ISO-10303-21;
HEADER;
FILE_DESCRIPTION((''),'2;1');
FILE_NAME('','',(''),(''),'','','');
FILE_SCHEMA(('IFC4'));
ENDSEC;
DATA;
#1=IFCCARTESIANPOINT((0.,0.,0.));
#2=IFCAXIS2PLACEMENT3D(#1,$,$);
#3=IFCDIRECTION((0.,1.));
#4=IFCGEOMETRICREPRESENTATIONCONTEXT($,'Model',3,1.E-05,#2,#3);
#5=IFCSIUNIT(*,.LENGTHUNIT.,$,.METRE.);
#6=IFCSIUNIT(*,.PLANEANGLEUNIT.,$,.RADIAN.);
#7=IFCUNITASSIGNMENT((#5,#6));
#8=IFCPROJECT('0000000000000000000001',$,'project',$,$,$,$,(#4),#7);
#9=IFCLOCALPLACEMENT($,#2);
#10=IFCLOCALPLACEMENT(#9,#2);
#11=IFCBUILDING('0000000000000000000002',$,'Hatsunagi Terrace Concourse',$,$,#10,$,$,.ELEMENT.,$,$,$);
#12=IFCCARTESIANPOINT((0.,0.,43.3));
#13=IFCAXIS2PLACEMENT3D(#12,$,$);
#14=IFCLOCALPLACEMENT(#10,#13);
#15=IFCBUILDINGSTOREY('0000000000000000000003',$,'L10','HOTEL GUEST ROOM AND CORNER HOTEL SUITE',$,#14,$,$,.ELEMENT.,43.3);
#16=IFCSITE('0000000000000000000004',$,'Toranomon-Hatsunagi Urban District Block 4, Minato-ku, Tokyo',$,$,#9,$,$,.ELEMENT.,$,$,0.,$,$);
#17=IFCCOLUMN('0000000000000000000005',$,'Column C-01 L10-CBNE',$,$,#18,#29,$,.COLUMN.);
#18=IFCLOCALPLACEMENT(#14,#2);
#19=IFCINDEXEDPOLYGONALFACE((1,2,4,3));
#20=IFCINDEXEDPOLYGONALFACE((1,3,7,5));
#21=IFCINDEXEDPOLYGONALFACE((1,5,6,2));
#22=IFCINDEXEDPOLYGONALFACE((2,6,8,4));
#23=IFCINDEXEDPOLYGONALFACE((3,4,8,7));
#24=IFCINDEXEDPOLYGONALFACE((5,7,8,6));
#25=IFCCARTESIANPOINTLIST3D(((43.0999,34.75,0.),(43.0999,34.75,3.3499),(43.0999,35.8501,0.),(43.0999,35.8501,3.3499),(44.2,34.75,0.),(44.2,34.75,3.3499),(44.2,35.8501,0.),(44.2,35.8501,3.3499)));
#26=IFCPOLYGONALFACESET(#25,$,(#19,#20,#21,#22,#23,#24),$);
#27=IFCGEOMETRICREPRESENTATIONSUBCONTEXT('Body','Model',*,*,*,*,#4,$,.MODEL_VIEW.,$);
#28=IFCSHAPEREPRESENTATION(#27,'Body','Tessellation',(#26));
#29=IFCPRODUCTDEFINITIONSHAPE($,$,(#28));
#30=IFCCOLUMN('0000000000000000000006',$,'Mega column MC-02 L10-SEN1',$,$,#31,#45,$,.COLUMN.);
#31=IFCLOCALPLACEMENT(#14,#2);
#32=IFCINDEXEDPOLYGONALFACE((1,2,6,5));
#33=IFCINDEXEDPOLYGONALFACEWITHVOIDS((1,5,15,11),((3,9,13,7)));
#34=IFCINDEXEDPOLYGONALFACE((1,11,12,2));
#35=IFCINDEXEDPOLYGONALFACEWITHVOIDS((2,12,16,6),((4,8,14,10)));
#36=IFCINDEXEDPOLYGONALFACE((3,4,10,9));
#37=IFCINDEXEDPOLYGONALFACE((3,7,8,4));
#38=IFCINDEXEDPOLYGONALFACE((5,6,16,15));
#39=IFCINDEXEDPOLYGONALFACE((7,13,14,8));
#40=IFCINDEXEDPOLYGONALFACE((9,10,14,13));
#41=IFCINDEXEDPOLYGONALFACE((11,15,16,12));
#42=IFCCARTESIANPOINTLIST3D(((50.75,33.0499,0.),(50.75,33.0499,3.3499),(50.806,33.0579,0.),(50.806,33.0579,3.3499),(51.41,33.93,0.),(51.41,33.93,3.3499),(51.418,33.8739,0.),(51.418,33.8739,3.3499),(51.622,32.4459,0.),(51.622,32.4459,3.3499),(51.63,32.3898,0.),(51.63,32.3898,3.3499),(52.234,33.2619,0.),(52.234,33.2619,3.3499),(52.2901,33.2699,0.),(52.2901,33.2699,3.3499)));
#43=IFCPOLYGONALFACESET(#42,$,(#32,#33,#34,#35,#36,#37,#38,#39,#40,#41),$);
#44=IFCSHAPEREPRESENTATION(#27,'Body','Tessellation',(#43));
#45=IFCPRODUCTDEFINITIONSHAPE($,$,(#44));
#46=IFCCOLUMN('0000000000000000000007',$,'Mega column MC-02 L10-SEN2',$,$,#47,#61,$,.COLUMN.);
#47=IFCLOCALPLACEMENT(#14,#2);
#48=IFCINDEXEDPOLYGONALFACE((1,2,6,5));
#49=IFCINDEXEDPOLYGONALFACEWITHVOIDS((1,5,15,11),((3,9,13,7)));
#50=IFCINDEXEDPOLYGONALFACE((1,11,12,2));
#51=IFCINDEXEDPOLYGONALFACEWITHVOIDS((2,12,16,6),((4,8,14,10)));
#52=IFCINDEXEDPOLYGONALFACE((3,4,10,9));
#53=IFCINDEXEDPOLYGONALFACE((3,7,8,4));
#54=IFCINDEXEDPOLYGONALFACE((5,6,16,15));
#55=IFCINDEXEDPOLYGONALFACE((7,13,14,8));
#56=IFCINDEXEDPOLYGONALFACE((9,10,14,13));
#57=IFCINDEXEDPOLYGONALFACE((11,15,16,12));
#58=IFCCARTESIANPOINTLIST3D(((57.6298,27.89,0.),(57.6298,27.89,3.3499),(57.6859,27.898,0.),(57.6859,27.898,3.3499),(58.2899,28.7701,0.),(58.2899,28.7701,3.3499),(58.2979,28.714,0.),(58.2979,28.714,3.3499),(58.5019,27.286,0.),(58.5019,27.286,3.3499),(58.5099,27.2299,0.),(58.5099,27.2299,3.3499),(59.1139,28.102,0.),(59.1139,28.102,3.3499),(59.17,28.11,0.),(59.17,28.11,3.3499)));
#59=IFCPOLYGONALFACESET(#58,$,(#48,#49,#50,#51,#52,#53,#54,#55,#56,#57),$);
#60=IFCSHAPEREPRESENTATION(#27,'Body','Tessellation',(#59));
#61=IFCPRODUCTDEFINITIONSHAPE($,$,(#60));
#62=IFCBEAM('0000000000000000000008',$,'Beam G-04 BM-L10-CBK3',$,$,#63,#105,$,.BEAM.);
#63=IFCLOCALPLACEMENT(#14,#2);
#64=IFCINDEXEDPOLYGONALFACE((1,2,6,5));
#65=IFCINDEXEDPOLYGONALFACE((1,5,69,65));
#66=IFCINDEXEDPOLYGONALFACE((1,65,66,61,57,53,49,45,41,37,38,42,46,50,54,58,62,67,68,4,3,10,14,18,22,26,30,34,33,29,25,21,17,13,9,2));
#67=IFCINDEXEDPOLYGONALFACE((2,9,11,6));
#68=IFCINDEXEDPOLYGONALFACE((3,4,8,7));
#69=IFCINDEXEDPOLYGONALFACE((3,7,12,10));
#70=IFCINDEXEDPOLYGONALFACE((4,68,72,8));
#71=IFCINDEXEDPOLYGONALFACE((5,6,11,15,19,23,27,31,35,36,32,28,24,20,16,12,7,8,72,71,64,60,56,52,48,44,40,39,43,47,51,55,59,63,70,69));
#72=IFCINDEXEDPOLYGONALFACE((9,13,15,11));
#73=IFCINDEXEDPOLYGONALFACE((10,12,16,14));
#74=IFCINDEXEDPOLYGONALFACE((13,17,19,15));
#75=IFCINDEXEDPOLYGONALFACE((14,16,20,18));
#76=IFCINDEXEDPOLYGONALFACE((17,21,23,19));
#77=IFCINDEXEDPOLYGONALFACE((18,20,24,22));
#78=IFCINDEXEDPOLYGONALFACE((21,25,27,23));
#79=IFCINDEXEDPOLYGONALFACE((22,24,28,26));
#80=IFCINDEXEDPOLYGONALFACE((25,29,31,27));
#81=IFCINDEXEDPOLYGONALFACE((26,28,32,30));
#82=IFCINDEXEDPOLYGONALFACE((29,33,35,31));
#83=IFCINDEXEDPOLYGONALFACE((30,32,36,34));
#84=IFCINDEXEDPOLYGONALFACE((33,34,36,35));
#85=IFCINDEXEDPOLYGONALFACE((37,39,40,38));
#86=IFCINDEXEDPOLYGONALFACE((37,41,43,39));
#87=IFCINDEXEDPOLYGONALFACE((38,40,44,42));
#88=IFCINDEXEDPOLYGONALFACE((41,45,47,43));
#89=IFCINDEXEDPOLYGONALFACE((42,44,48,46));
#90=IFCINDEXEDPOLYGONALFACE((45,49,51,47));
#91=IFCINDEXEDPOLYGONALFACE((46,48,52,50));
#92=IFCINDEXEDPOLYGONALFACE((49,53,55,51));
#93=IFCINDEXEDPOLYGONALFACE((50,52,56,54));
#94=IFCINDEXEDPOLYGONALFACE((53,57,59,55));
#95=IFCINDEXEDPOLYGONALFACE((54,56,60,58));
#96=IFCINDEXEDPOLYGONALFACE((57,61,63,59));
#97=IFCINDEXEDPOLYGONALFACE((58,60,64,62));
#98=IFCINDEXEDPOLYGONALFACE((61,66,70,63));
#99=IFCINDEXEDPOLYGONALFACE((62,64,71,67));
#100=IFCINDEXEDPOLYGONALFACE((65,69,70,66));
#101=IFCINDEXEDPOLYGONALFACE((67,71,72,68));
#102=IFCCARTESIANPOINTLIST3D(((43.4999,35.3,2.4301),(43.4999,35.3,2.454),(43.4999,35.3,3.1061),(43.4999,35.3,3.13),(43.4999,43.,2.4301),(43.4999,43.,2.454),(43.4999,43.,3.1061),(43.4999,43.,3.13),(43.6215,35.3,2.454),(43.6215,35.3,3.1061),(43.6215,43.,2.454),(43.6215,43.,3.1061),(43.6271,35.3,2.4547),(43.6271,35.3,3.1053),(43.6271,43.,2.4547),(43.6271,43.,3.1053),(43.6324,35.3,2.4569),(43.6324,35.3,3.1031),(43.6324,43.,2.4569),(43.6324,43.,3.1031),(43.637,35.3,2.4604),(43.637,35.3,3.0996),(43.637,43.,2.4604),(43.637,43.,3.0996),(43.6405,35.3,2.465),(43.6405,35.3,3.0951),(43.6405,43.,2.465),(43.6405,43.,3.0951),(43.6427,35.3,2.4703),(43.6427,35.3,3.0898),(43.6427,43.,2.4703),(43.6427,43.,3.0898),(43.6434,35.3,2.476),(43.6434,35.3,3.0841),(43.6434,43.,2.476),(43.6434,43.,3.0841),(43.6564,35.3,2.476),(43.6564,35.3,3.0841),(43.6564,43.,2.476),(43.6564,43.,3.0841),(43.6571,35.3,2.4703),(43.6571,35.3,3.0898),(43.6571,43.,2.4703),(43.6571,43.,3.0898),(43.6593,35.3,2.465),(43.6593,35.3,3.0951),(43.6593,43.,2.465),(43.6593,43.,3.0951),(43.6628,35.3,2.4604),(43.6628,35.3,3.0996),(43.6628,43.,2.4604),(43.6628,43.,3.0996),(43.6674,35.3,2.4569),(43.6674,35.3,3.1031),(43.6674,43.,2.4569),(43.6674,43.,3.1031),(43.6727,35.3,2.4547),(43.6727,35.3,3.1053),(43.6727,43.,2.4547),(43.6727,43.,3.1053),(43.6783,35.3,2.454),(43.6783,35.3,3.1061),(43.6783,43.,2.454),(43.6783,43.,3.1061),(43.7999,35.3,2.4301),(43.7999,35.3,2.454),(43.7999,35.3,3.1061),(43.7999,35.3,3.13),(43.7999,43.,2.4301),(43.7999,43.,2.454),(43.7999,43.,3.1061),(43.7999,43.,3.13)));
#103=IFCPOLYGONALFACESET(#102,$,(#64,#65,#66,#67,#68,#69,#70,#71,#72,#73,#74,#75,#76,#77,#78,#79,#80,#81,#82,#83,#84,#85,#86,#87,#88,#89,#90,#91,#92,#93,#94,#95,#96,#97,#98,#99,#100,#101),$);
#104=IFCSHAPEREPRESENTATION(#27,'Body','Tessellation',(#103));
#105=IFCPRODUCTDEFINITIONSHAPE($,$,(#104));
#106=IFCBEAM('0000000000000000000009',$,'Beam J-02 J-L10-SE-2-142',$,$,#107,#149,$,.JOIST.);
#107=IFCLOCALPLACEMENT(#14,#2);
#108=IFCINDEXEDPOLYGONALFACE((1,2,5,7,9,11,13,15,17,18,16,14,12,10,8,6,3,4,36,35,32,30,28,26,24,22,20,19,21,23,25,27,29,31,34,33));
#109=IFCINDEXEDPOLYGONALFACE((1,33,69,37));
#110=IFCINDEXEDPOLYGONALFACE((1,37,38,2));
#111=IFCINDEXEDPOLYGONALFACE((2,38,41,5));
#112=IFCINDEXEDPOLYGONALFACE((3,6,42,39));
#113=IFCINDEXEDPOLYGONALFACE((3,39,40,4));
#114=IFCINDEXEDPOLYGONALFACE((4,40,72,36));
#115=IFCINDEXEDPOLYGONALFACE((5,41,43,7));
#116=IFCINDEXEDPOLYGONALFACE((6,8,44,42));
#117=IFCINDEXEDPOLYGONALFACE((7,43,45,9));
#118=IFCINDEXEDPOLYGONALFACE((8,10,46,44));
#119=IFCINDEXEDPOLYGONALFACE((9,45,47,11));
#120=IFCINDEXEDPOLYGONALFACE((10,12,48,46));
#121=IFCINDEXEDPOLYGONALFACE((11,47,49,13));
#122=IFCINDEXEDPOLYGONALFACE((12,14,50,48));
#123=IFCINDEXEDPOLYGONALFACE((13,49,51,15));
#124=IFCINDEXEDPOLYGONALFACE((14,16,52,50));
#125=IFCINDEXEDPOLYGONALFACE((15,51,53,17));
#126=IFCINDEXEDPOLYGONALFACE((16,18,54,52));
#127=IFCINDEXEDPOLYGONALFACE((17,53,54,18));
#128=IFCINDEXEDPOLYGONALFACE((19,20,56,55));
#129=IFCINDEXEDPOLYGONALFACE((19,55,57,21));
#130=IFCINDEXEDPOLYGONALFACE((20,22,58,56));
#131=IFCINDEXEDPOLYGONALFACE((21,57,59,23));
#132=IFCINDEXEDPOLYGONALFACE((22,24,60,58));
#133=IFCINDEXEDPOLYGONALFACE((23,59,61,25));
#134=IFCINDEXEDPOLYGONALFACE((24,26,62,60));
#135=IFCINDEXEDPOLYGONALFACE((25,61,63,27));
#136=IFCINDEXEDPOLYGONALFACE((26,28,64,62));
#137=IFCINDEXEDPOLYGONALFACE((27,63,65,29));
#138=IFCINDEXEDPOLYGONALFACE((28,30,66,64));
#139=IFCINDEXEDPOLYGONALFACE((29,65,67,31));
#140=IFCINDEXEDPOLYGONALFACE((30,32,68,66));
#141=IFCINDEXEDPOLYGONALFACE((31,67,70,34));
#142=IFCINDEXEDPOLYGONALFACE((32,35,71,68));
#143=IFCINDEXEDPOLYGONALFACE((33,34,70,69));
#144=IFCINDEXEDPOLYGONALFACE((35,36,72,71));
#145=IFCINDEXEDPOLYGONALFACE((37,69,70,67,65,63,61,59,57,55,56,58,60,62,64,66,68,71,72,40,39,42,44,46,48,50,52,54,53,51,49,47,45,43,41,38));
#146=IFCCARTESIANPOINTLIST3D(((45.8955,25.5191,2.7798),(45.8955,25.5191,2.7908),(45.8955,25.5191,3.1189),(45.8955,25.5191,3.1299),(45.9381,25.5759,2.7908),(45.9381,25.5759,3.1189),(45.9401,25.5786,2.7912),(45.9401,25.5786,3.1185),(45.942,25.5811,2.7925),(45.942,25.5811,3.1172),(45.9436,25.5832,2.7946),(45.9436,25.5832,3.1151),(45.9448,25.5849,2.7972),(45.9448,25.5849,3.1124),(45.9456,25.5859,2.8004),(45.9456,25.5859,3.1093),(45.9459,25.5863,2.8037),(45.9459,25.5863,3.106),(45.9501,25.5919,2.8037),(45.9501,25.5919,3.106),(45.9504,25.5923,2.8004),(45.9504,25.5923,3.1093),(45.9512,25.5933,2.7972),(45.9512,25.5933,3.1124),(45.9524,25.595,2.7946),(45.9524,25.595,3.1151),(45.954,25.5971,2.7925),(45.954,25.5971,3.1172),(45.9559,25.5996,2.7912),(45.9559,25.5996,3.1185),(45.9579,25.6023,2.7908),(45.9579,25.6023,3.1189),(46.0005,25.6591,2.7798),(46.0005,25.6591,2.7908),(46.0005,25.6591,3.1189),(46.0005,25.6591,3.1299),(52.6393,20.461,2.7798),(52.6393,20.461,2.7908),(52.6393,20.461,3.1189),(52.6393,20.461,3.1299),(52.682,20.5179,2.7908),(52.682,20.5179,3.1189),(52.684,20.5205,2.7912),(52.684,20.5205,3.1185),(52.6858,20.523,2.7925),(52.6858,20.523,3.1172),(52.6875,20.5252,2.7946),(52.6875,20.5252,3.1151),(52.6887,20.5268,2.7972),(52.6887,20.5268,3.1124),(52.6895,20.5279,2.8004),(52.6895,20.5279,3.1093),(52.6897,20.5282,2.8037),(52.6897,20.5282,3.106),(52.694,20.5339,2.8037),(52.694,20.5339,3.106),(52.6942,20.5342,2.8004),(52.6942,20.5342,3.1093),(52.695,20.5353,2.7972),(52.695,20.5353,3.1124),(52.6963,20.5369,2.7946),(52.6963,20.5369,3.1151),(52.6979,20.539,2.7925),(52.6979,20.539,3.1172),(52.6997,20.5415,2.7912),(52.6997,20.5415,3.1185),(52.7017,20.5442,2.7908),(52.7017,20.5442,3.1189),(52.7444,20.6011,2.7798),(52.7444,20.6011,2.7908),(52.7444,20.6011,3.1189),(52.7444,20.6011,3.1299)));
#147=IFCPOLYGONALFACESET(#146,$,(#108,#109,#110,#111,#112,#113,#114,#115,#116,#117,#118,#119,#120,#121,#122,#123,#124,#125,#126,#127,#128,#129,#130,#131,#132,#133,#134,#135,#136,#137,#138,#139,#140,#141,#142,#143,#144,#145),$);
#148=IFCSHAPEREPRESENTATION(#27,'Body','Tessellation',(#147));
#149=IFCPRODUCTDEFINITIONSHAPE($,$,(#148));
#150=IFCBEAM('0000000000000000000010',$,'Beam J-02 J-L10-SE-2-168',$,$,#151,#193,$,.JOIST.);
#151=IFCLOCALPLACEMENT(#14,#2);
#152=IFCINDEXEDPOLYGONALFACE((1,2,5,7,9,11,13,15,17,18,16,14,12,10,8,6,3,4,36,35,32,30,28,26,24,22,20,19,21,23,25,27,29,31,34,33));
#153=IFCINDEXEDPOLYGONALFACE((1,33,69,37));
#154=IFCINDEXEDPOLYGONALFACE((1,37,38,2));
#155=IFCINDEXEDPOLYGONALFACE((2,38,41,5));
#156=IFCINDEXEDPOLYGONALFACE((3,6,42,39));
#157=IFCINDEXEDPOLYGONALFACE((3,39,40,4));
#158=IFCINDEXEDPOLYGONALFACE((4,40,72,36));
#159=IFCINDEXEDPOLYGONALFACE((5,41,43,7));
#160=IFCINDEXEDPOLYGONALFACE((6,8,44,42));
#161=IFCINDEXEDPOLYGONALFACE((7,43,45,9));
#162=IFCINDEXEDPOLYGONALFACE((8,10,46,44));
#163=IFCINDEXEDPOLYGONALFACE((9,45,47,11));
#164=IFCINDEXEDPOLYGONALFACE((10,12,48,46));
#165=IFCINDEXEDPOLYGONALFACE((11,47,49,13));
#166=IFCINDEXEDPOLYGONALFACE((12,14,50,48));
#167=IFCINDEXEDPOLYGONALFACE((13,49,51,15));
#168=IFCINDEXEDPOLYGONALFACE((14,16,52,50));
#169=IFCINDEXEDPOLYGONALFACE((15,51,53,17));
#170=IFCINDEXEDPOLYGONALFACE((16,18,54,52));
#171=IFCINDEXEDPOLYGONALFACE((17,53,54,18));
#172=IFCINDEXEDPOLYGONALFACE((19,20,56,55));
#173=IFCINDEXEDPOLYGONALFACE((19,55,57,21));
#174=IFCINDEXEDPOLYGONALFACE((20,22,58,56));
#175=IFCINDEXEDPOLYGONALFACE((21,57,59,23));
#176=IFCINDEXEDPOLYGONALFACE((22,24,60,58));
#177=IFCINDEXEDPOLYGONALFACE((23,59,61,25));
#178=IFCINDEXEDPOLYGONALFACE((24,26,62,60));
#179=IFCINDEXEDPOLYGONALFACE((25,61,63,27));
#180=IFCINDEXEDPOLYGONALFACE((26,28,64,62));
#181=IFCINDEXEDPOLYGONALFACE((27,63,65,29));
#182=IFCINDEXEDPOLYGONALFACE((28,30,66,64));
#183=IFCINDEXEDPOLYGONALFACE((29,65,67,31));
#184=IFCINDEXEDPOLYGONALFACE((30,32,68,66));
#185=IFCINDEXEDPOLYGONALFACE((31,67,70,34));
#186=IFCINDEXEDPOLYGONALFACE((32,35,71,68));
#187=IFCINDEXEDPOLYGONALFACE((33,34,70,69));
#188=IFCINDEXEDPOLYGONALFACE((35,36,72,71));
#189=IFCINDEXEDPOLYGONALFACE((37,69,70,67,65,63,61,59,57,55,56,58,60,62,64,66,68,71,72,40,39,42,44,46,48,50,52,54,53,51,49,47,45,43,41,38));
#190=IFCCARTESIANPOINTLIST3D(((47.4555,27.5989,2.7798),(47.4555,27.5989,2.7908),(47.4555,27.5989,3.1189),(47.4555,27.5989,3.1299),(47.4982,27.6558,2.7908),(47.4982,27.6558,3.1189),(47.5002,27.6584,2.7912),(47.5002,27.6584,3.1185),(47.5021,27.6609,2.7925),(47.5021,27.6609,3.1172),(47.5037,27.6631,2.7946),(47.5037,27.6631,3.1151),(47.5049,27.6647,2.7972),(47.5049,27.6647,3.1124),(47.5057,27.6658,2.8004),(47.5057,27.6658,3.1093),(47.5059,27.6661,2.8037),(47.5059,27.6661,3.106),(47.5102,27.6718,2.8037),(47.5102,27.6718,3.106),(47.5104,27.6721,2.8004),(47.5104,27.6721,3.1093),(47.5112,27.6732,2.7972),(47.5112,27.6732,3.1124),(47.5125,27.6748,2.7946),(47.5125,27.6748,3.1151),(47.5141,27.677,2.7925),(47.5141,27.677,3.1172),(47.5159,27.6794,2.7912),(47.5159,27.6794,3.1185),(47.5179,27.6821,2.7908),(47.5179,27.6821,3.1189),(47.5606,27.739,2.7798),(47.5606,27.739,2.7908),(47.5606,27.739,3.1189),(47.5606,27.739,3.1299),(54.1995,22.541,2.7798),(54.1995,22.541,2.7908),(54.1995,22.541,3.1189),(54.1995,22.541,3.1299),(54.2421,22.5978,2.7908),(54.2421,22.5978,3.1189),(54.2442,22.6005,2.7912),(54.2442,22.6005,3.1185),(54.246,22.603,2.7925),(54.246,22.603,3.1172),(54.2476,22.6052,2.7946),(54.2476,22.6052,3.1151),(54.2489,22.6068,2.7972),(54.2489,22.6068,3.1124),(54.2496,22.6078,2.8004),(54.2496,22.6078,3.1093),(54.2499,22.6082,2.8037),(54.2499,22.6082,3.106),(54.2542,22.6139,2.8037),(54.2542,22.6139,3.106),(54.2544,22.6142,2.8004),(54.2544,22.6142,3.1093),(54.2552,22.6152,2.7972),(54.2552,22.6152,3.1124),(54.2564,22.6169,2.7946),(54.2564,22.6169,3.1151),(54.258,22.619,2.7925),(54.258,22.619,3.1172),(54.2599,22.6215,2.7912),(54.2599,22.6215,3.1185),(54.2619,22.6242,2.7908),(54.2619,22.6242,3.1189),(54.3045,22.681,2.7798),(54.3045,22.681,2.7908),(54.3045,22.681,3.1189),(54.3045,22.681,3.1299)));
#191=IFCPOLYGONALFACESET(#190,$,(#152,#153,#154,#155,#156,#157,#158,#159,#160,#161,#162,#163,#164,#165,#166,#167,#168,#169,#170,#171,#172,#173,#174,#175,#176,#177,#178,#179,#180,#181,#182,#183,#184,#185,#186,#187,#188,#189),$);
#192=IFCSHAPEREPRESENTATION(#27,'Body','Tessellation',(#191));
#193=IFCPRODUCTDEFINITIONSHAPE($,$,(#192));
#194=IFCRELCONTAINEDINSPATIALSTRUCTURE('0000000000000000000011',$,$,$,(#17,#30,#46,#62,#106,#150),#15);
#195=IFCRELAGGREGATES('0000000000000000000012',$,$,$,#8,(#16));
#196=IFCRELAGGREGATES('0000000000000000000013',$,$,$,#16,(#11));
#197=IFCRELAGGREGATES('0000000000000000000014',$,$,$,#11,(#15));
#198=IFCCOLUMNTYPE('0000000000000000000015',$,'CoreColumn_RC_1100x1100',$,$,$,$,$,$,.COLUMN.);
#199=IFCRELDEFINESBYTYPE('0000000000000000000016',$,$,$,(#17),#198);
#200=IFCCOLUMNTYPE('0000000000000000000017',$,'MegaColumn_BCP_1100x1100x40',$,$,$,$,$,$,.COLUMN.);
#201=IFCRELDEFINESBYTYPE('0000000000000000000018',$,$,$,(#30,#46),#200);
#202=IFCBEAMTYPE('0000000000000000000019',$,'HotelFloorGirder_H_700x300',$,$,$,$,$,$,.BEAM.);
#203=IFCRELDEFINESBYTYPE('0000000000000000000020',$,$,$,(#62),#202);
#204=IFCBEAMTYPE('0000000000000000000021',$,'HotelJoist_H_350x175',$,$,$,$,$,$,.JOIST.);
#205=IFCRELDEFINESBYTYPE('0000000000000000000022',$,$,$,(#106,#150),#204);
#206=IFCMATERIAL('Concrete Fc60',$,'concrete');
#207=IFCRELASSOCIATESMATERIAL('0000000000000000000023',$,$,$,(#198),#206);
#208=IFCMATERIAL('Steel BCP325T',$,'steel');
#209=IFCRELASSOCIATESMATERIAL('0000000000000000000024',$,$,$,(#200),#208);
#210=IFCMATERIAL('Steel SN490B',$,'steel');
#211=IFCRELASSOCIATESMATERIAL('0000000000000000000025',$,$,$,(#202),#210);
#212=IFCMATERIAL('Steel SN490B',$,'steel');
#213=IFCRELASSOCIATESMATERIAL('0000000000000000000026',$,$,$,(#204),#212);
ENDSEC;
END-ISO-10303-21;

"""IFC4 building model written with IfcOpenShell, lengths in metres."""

from ifc_helpers import new_model, si_unit, direction, frame, origin, origin_2d, place, context, subcontext, project, spatial, rectangle, hollow_rectangle, i_section, extrude, material, material_profile, profile_set, type_object, element, save


model = new_model("IFC4")

# Units and contexts
model_context = context("Model", 3, precision=1e-05, world=origin(), true_north=direction((0.0, 1.0)))
body_context = subcontext(model_context, "Body", "Model", "MODEL_VIEW")
ifc_project = project(units=[si_unit("LENGTHUNIT", "METRE"), si_unit("PLANEANGLEUNIT", "RADIAN")], contexts=[model_context])

# Site, building, storey
site_placement = place(None, origin())
site = spatial("IfcSite", under=ifc_project, at=site_placement, Name="Toranomon-Hatsunagi Urban District Block 4, Minato-ku, Tokyo", CompositionType="ELEMENT", RefElevation=0.0)
building_placement = place(site_placement, origin())
building = spatial("IfcBuilding", under=site, at=building_placement, Name="Hatsunagi Terrace Concourse", CompositionType="ELEMENT")
storey_placement = place(building_placement, frame((0.0, 0.0, 43.3)))
storey = spatial("IfcBuildingStorey", under=building, at=storey_placement, Name="L10", Description="HOTEL GUEST ROOM AND CORNER HOTEL SUITE", CompositionType="ELEMENT", Elevation=43.3)

# Columns
ifc_material_1 = material(Name="Concrete Fc60", Category="concrete")
ifc_material_profile_1 = material_profile(ifc_material_1, rectangle(XDim=1.1001, YDim=1.1001, at=origin_2d()), Name="RC-1100x1100")
ifc_profile_set_1 = profile_set([ifc_material_profile_1], Name="Concrete Fc60")
column_type_1 = type_object("IfcColumnType", Name="CoreColumn_RC_1100x1100", PredefinedType="COLUMN", material=ifc_profile_set_1)
column_placement = place(storey_placement, frame((43.6499, 35.3, 0.0), z_axis=(0.0, 0.0, 1.0), x_axis=(1.0, 0.0, 0.0)))
element("IfcColumn", 1, at=column_placement, inside=storey, type_object=column_type_1, Name="Column C-01 L10-CBNE", PredefinedType="COLUMN", context=body_context, shape_type="SweptSolid", body=[
    extrude(rectangle(XDim=1.1001, YDim=1.1001, at=origin_2d()), origin(), (0.0, 0.0, 1.0), 3.3499),
])
ifc_material_2 = material(Name="Steel BCP325T", Category="steel")
ifc_material_profile_2 = material_profile(ifc_material_2, hollow_rectangle(XDim=1.1001, YDim=1.1001, WallThickness=0.04, at=origin_2d()), Name="BCP-1100x1100x40")
ifc_profile_set_2 = profile_set([ifc_material_profile_2], Name="Steel BCP325T")
column_type_2 = type_object("IfcColumnType", Name="MegaColumn_BCP_1100x1100x40", PredefinedType="COLUMN", material=ifc_profile_set_2)
for number, where, z_axis, x_axis, name in (
    (2, (51.52, 33.1599, 0.0), (0.0, 0.0, 1.0), (0.8, -0.6, 0.0), "Mega column MC-02 L10-SEN1"),
    (3, (58.3999, 28.0, 0.0), (0.0, 0.0, 1.0), (0.8, -0.6, 0.0), "Mega column MC-02 L10-SEN2"),
):
    element("IfcColumn", number, at=place(storey_placement, frame(where, z_axis=z_axis, x_axis=x_axis)), inside=storey, type_object=column_type_2, Name=name, PredefinedType="COLUMN", context=body_context, shape_type="SweptSolid", body=[
        extrude(hollow_rectangle(XDim=1.1001, YDim=1.1001, WallThickness=0.04, at=origin_2d()), origin(), (0.0, 0.0, 1.0), 3.3499),
    ])

# Beams
ifc_material_3 = material(Name="Steel SN490B", Category="steel")
ifc_material_profile_3 = material_profile(ifc_material_3, i_section(OverallWidth=0.3, OverallDepth=0.7, WebThickness=0.0129, FlangeThickness=0.0239, FilletRadius=0.022, at=origin_2d()), Name="H-700x300x13x24")
ifc_profile_set_3 = profile_set([ifc_material_profile_3], Name="Steel SN490B")
beam_type_1 = type_object("IfcBeamType", Name="HotelFloorGirder_H_700x300", PredefinedType="BEAM", material=ifc_profile_set_3)
beam_1_placement = place(storey_placement, frame((43.6499, 35.3, 2.78), z_axis=(0.0, 1.0, 0.0), x_axis=(-1.0, 0.0, 0.0)))
element("IfcBeam", 4, at=beam_1_placement, inside=storey, type_object=beam_type_1, Name="Beam G-04 BM-L10-CBK3", PredefinedType="BEAM", context=body_context, shape_type="SweptSolid", body=[
    extrude(i_section(OverallWidth=0.3, OverallDepth=0.7, WebThickness=0.0129, FlangeThickness=0.0239, FilletRadius=0.022, at=origin_2d()), origin(), (0.0, 0.0, 1.0), 7.7),
])
ifc_material_4 = material(Name="Steel SN490B", Category="steel")
ifc_material_profile_4 = material_profile(ifc_material_4, i_section(OverallWidth=0.175, OverallDepth=0.3501, WebThickness=0.0071, FlangeThickness=0.011, FilletRadius=0.0129, at=origin_2d()), Name="H-350x175x7x11")
ifc_profile_set_4 = profile_set([ifc_material_profile_4], Name="Steel SN490B")
beam_type_2 = type_object("IfcBeamType", Name="HotelJoist_H_350x175", PredefinedType="JOIST", material=ifc_profile_set_4)
for number, where, z_axis, x_axis, name in (
    (5, (45.948, 25.5891, 2.9548), (0.79999, -0.600014, 0.0), (0.600014, 0.79999, 0.0), "Beam J-02 J-L10-SE-2-142"),
    (6, (47.5081, 27.6689, 2.9548), (0.800003, -0.599995, 0.0), (0.599995, 0.800003, 0.0), "Beam J-02 J-L10-SE-2-168"),
):
    element("IfcBeam", number, at=place(storey_placement, frame(where, z_axis=z_axis, x_axis=x_axis)), inside=storey, type_object=beam_type_2, Name=name, PredefinedType="JOIST", context=body_context, shape_type="SweptSolid", body=[
        extrude(i_section(OverallWidth=0.175, OverallDepth=0.3501, WebThickness=0.0071, FlangeThickness=0.011, FilletRadius=0.0129, at=origin_2d()), origin(), (0.0, 0.0, 1.0), 8.4299),
    ])

save(model, "model.ifc")
